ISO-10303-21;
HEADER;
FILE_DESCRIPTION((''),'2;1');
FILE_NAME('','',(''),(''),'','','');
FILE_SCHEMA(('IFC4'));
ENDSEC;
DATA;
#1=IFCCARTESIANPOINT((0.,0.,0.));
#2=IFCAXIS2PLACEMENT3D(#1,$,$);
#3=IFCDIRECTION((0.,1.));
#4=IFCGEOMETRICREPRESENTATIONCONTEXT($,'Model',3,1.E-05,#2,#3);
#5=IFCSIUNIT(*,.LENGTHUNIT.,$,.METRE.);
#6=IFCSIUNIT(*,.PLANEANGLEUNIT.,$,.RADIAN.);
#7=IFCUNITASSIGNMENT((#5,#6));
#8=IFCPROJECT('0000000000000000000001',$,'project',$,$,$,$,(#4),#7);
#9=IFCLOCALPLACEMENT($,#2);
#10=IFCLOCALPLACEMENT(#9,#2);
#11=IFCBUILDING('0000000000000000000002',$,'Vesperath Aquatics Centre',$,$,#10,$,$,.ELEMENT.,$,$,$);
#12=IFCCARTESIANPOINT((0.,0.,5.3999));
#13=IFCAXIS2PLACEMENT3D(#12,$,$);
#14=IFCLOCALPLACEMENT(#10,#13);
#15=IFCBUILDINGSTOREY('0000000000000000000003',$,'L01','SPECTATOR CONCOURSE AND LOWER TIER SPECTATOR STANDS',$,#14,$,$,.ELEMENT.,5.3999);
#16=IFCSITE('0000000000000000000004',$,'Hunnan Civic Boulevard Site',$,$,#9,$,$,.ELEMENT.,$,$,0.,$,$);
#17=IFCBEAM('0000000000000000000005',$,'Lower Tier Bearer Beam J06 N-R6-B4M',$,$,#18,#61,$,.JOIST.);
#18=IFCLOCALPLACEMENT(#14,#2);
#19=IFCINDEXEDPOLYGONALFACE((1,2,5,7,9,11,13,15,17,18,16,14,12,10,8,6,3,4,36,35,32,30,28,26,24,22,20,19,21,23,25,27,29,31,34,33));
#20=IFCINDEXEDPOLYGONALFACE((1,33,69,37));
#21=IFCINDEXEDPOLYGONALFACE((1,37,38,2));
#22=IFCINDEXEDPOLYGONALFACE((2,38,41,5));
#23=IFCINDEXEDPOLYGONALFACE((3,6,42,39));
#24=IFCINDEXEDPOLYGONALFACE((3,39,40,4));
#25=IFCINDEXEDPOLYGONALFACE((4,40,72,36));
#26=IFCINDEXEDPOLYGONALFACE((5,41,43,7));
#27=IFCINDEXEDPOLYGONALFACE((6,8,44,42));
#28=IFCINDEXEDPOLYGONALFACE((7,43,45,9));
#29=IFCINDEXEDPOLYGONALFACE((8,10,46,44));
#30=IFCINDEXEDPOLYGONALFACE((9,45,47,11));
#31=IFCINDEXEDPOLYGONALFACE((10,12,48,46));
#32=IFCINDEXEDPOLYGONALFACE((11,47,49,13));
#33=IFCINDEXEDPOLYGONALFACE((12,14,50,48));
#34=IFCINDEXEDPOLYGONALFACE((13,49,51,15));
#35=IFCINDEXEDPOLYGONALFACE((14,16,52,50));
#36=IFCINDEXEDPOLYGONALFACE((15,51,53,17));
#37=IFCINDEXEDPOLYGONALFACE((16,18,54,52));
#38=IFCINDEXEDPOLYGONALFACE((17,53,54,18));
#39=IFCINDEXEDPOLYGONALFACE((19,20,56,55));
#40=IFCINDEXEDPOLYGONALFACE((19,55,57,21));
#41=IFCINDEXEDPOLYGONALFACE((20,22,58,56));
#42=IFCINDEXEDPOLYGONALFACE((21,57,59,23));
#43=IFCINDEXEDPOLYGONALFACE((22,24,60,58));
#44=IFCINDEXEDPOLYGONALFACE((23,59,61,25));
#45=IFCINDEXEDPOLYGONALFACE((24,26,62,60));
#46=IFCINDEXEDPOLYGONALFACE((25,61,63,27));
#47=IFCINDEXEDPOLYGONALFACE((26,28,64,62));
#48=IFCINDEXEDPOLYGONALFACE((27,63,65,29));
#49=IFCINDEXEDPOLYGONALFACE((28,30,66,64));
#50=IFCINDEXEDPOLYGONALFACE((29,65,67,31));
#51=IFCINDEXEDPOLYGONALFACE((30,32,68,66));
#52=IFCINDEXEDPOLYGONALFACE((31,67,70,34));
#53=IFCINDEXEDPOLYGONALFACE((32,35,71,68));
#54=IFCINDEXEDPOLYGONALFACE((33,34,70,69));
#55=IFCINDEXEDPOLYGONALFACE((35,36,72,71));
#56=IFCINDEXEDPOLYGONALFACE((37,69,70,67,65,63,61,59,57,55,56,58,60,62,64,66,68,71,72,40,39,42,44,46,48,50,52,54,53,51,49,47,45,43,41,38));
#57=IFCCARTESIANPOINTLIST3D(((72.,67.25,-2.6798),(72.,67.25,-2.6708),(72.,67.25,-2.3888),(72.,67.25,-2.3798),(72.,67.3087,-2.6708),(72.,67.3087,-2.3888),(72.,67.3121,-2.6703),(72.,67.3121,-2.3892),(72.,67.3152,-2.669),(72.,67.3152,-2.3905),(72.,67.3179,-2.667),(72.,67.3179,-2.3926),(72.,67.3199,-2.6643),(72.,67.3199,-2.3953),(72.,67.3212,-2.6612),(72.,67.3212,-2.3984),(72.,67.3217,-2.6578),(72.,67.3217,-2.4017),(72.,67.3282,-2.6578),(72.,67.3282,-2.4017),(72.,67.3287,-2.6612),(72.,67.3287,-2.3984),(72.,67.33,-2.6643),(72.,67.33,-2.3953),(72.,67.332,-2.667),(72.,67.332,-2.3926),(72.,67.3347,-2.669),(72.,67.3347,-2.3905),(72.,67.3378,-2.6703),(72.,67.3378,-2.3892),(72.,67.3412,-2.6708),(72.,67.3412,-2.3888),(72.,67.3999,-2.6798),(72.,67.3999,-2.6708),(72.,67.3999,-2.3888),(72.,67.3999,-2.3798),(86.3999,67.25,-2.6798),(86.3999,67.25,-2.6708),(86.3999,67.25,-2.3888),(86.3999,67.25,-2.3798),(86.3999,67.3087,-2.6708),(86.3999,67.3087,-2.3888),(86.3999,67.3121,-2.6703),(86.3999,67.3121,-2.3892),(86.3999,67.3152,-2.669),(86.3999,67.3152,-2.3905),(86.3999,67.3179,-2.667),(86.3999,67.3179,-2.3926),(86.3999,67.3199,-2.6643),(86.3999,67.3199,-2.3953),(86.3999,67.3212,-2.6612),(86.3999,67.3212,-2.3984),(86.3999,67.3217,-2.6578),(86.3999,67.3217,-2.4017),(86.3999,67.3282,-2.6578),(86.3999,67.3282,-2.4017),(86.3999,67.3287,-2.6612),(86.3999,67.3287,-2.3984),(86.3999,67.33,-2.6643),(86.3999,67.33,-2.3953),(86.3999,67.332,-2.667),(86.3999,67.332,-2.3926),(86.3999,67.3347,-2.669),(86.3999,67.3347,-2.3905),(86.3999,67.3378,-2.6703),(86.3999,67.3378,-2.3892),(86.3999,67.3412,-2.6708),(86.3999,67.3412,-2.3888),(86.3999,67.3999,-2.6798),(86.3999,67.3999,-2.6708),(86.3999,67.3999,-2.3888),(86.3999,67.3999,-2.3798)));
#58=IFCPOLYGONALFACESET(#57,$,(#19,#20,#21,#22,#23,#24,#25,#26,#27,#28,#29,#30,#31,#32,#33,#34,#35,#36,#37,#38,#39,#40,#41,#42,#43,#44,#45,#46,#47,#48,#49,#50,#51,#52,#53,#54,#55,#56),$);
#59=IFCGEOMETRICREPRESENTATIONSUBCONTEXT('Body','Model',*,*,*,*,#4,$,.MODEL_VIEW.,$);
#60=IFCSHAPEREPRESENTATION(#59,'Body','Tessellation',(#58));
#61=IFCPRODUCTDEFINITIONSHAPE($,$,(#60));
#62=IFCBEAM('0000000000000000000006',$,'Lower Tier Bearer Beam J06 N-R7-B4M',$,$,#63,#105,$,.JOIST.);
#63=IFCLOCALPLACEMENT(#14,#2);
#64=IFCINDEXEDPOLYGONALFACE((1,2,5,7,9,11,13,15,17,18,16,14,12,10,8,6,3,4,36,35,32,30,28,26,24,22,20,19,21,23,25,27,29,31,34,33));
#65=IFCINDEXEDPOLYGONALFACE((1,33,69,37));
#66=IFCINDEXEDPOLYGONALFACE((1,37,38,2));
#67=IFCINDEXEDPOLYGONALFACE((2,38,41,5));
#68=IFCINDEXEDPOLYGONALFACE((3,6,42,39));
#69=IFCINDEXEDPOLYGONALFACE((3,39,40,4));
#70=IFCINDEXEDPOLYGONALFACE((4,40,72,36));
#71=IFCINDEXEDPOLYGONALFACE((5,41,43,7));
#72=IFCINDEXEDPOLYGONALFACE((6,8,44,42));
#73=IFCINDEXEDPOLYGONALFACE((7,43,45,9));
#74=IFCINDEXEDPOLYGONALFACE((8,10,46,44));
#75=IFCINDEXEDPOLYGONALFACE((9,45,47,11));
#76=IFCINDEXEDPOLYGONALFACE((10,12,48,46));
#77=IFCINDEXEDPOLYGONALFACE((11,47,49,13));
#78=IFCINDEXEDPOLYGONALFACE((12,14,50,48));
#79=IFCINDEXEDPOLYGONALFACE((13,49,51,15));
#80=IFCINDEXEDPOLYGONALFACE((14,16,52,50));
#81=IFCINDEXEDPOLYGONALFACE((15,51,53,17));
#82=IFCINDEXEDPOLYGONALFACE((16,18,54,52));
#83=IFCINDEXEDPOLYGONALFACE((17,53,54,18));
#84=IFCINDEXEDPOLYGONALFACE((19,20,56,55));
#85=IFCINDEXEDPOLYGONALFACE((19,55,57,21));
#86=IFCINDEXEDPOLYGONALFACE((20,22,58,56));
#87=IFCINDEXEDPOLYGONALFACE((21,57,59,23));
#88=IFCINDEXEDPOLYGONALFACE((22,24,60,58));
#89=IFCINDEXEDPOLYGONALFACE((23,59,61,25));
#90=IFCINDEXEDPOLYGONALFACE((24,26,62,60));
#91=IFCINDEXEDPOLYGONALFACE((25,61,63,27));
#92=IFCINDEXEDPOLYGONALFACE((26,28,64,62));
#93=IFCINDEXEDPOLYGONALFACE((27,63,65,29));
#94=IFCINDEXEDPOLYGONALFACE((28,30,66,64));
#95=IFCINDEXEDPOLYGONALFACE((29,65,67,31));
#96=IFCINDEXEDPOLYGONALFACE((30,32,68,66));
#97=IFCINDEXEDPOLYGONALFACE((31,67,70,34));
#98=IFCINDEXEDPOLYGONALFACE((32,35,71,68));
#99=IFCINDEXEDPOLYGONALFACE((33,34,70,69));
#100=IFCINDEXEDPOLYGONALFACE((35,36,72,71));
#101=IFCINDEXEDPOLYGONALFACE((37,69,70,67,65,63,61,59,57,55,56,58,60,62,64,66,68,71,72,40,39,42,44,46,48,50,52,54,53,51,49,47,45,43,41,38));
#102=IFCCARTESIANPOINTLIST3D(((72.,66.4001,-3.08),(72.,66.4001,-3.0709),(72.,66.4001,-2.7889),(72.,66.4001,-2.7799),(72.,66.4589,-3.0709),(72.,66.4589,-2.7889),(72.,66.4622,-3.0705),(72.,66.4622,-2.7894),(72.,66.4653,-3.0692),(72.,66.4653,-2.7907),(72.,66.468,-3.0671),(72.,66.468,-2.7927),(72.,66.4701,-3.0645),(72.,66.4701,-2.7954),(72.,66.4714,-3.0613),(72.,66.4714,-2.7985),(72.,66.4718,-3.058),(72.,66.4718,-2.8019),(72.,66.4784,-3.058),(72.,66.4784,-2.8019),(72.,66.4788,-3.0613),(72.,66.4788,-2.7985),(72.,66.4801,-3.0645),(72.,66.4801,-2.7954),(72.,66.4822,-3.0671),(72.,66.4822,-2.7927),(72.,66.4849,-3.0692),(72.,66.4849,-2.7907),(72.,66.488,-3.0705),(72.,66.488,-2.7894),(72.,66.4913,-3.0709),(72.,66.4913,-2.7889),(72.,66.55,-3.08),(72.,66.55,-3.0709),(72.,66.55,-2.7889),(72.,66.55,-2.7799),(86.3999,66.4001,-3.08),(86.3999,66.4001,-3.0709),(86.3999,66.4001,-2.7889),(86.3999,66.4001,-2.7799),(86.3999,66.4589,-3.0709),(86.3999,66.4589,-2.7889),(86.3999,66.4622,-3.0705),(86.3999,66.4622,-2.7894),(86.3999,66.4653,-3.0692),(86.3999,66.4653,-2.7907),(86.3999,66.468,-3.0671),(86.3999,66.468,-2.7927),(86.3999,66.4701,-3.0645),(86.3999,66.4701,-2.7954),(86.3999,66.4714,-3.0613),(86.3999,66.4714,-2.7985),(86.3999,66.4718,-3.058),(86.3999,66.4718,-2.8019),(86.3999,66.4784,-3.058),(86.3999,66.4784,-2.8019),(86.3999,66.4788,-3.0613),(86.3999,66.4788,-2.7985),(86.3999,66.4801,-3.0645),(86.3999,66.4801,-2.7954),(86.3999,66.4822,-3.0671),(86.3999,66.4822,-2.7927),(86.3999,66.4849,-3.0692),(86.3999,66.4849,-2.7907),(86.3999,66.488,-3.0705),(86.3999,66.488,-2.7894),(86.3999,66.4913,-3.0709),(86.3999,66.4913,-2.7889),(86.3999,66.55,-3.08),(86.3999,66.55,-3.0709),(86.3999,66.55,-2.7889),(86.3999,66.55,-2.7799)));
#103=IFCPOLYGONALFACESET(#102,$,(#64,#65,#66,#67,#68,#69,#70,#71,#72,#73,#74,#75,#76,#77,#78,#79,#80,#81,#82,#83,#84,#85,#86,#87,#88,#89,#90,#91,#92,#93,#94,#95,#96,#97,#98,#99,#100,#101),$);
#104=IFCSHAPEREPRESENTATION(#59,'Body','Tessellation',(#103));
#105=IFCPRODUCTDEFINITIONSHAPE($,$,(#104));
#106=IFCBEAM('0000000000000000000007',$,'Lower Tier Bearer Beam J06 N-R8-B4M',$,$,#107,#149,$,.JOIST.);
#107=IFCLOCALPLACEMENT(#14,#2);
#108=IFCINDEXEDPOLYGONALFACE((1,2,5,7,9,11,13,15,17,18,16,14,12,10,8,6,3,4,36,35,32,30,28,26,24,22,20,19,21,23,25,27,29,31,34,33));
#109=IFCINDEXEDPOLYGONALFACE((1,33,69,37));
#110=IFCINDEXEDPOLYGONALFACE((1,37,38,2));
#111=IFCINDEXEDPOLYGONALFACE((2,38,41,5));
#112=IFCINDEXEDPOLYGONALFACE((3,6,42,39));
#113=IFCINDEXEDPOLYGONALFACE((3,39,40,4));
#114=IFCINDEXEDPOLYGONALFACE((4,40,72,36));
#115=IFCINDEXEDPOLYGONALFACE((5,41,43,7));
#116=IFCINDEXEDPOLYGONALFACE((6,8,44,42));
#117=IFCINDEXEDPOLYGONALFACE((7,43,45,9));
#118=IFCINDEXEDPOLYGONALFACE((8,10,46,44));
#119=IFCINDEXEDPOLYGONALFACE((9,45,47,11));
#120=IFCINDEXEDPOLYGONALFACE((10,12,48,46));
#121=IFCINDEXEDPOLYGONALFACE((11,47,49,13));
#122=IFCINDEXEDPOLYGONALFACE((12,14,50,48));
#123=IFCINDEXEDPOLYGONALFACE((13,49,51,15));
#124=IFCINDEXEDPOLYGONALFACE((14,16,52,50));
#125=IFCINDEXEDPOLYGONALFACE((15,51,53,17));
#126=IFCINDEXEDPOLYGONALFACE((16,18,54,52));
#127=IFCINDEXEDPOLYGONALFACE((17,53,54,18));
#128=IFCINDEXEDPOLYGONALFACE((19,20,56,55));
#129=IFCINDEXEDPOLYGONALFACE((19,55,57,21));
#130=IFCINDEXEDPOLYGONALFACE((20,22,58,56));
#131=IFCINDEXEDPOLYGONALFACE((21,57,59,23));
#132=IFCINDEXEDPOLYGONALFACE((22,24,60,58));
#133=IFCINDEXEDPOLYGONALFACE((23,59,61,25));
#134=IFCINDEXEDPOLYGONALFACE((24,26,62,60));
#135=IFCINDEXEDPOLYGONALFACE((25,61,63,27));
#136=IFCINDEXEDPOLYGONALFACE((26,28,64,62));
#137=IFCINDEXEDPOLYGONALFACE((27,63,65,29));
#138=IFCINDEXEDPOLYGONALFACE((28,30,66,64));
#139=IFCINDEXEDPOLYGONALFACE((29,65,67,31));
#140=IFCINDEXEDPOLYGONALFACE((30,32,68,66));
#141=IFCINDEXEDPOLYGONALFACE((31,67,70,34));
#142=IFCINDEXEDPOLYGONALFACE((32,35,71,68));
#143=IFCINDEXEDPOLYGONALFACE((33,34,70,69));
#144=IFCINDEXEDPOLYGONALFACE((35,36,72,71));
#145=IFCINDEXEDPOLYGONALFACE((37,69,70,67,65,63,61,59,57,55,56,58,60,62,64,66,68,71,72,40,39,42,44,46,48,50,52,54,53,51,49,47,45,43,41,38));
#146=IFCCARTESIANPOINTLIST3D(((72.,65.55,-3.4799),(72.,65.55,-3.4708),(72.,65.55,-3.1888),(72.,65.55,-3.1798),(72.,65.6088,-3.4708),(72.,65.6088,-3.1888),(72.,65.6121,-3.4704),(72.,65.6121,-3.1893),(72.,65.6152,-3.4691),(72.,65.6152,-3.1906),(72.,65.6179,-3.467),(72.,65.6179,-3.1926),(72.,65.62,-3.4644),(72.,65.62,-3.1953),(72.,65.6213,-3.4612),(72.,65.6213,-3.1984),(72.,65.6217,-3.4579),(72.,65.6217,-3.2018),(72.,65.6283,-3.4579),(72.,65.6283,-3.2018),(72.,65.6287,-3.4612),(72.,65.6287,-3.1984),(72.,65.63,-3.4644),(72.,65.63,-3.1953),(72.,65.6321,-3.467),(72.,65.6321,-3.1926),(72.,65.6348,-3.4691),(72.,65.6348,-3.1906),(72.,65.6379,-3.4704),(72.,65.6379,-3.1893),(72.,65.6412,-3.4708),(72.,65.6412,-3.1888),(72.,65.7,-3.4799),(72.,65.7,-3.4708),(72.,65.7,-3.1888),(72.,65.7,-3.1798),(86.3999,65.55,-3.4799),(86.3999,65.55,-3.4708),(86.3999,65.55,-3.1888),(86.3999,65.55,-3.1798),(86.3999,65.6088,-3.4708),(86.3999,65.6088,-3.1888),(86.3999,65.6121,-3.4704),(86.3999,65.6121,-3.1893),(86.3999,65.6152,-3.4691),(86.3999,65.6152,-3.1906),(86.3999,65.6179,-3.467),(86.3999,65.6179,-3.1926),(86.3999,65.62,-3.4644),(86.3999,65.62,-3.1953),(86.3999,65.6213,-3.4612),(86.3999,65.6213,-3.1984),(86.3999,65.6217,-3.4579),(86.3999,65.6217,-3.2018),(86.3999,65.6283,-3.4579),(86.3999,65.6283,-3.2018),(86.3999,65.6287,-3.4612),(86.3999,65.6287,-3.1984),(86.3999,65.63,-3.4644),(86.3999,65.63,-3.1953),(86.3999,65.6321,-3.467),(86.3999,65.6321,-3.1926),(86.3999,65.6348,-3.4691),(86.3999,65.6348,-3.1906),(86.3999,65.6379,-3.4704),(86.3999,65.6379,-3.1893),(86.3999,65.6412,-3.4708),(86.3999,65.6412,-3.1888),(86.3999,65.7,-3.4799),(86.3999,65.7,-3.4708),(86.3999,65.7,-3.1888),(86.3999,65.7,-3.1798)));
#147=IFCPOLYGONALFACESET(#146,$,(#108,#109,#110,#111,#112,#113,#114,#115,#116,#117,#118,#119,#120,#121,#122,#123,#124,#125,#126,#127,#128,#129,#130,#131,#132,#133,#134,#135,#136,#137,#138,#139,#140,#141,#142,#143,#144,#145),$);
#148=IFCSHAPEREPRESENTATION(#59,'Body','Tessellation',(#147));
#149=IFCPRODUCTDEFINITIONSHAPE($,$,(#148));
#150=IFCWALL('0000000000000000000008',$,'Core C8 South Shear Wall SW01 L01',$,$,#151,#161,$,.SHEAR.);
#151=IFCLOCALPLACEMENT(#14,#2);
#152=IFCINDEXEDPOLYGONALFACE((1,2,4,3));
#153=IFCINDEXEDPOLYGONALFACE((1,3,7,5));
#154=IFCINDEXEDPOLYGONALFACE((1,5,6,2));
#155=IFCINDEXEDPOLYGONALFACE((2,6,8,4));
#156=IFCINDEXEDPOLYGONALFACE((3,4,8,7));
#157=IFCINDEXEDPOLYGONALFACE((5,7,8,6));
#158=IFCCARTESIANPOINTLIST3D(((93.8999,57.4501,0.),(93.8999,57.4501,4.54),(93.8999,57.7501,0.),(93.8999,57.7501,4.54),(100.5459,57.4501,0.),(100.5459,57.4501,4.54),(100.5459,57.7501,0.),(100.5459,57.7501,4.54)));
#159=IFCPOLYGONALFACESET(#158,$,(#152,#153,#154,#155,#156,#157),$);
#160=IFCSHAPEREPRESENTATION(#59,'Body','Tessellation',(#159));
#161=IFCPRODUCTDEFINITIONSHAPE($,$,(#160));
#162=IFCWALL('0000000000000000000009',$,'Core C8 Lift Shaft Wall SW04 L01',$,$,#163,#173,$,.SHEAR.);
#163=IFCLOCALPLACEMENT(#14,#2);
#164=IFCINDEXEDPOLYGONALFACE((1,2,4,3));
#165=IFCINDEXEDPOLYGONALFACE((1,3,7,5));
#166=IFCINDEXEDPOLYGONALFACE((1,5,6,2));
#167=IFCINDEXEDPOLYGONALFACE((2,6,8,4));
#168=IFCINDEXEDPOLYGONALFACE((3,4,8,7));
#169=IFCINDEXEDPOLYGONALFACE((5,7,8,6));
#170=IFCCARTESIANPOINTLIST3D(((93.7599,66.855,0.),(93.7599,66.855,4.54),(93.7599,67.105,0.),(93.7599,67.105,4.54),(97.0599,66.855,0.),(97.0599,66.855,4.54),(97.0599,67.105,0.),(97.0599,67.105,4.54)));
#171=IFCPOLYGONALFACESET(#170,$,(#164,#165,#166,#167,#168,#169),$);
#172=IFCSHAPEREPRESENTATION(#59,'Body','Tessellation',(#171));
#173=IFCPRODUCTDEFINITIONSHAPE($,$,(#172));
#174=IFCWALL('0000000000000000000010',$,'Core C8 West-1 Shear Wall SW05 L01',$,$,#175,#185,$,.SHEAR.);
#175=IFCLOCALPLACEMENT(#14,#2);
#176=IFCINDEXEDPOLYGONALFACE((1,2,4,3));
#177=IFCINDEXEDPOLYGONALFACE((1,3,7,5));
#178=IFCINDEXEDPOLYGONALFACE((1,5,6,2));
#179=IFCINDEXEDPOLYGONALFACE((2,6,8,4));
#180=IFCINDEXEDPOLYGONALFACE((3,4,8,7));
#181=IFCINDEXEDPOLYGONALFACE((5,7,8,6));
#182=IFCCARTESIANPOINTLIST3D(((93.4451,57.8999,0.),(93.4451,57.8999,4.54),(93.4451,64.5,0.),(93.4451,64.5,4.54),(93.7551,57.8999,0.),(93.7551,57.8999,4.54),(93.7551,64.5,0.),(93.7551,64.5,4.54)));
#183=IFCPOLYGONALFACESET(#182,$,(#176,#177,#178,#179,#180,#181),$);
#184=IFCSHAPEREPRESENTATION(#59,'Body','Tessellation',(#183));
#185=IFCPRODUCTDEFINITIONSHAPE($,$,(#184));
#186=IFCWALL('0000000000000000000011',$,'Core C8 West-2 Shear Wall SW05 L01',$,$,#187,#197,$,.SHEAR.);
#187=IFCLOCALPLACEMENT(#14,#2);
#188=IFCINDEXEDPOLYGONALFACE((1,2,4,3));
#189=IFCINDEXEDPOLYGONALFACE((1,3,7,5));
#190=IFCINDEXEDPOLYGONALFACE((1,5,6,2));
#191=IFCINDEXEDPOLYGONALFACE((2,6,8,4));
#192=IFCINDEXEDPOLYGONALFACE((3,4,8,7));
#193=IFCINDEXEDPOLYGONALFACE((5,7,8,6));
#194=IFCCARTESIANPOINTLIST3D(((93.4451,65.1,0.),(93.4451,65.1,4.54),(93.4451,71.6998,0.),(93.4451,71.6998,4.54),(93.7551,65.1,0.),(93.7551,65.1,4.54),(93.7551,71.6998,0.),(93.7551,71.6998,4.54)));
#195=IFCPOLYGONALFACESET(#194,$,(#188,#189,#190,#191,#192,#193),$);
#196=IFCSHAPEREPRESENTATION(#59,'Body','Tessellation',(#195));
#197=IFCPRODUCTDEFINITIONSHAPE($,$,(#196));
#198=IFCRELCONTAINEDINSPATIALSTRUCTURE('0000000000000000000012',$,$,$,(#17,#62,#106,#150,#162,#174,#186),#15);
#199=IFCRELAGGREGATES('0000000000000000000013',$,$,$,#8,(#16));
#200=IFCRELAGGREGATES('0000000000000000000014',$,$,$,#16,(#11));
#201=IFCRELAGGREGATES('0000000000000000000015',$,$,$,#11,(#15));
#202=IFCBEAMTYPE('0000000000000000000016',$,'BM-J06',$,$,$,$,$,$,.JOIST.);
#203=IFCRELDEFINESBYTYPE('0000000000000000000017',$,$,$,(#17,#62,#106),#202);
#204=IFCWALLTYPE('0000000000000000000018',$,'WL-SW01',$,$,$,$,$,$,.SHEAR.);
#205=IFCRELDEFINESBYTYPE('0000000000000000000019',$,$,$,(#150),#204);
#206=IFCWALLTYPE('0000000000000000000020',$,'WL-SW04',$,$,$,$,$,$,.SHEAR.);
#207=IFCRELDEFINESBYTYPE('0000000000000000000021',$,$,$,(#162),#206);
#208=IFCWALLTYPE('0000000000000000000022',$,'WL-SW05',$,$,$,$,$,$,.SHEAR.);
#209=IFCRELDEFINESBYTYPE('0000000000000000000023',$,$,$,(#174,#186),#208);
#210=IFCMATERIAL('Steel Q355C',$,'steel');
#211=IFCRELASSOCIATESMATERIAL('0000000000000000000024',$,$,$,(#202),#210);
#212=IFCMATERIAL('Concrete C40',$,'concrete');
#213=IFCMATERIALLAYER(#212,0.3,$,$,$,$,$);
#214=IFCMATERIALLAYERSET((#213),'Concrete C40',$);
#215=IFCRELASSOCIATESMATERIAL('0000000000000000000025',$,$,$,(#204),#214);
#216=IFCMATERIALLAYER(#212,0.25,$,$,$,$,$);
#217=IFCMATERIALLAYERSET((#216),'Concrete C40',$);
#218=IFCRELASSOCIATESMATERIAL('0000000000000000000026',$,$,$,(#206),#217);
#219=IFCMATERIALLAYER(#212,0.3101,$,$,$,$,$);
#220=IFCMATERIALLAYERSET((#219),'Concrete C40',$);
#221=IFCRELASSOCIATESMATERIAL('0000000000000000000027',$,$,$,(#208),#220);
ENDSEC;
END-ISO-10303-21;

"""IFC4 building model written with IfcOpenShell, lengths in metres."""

from ifc_helpers import new_model, si_unit, direction, frame, frame_2d, origin, origin_2d, place, context, subcontext, project, spatial, rectangle, i_section, extrude, material, layer, layer_set, material_profile, profile_set, type_object, element, save


model = new_model("IFC4")

# Units and contexts
model_context = context("Model", 3, precision=1e-05, world=origin(), true_north=direction((0.0, 1.0)))
body_context = subcontext(model_context, "Body", "Model", "MODEL_VIEW")
ifc_project = project(units=[si_unit("LENGTHUNIT", "METRE"), si_unit("PLANEANGLEUNIT", "RADIAN")], contexts=[model_context])

# Site, building, storey
site_placement = place(None, origin())
site = spatial("IfcSite", under=ifc_project, at=site_placement, Name="Hunnan Civic Boulevard Site", CompositionType="ELEMENT", RefElevation=0.0)
building_placement = place(site_placement, origin())
building = spatial("IfcBuilding", under=site, at=building_placement, Name="Vesperath Aquatics Centre", CompositionType="ELEMENT")
storey_placement = place(building_placement, frame((0.0, 0.0, 5.3999)))
storey = spatial("IfcBuildingStorey", under=building, at=storey_placement, Name="L01", Description="SPECTATOR CONCOURSE AND LOWER TIER SPECTATOR STANDS", CompositionType="ELEMENT", Elevation=5.3999)

# Shared definitions
ifc_material_1 = material(Name="Concrete C40", Category="concrete")

# Beams
ifc_material_2 = material(Name="Steel Q355C", Category="steel")
ifc_material_profile_1 = material_profile(ifc_material_2, i_section(OverallWidth=0.1499, OverallDepth=0.3, WebThickness=0.0066, FlangeThickness=0.009, FilletRadius=0.0129, at=origin_2d()), Name="HN 300x150x6.5x9")
ifc_profile_set_1 = profile_set([ifc_material_profile_1], Name="Steel Q355C")
beam_type_1 = type_object("IfcBeamType", Name="BM-J06", PredefinedType="JOIST", material=ifc_profile_set_1)
for number, where, z_axis, x_axis, name in (
    (1, (72.0, 67.325, -2.5298), (1.0, 0.0, 0.0), (0.0, 1.0, 0.0), "Lower Tier Bearer Beam J06 N-R6-B4M"),
    (2, (72.0, 66.4751, -2.9299), (1.0, 0.0, 0.0), (0.0, 1.0, 0.0), "Lower Tier Bearer Beam J06 N-R7-B4M"),
    (3, (72.0, 65.625, -3.3298), (1.0, 0.0, 0.0), (0.0, 1.0, 0.0), "Lower Tier Bearer Beam J06 N-R8-B4M"),
):
    element("IfcBeam", number, at=place(storey_placement, frame(where, z_axis=z_axis, x_axis=x_axis)), inside=storey, type_object=beam_type_1, Name=name, PredefinedType="JOIST", context=body_context, shape_type="SweptSolid", body=[
        extrude(i_section(OverallWidth=0.1499, OverallDepth=0.3, WebThickness=0.0066, FlangeThickness=0.009, FilletRadius=0.0129, at=origin_2d()), origin(), (0.0, 0.0, 1.0), 14.3999),
    ])

# Walls
ifc_layer_1 = layer(ifc_material_1, 0.3)
ifc_layer_set_1 = layer_set([ifc_layer_1], Name="Concrete C40")
wall_type_1 = type_object("IfcWallType", Name="WL-SW01", PredefinedType="SHEAR", material=ifc_layer_set_1)
wall_1_placement = place(storey_placement, frame((93.8999, 57.6001, 0.0), z_axis=(0.0, 0.0, 1.0), x_axis=(1.0, 0.0, 0.0)))
element("IfcWall", 4, at=wall_1_placement, inside=storey, type_object=wall_type_1, Name="Core C8 South Shear Wall SW01 L01", PredefinedType="SHEAR", context=body_context, shape_type="SweptSolid", body=[
    extrude(rectangle(XDim=6.646, YDim=0.3, at=frame_2d((3.323, 0.0))), origin(), (0.0, 0.0, 1.0), 4.54),
])
ifc_layer_2 = layer(ifc_material_1, 0.25)
ifc_layer_set_2 = layer_set([ifc_layer_2], Name="Concrete C40")
wall_type_2 = type_object("IfcWallType", Name="WL-SW04", PredefinedType="SHEAR", material=ifc_layer_set_2)
wall_2_placement = place(storey_placement, frame((93.76, 66.98, 0.0), z_axis=(0.0, 0.0, 1.0), x_axis=(1.0, 0.0, 0.0)))
element("IfcWall", 5, at=wall_2_placement, inside=storey, type_object=wall_type_2, Name="Core C8 Lift Shaft Wall SW04 L01", PredefinedType="SHEAR", context=body_context, shape_type="SweptSolid", body=[
    extrude(rectangle(XDim=3.3, YDim=0.25, at=frame_2d((1.6499, 0.0))), origin(), (0.0, 0.0, 1.0), 4.54),
])
ifc_layer_3 = layer(ifc_material_1, 0.3101)
ifc_layer_set_3 = layer_set([ifc_layer_3], Name="Concrete C40")
wall_type_3 = type_object("IfcWallType", Name="WL-SW05", PredefinedType="SHEAR", material=ifc_layer_set_3)
wall_3_placement = place(storey_placement, frame((93.6001, 57.8999, 0.0), z_axis=(0.0, 0.0, 1.0), x_axis=(0.0, 1.0, 0.0)))
element("IfcWall", 6, at=wall_3_placement, inside=storey, type_object=wall_type_3, Name="Core C8 West-1 Shear Wall SW05 L01", PredefinedType="SHEAR", context=body_context, shape_type="SweptSolid", body=[
    extrude(rectangle(XDim=6.6001, YDim=0.3101, at=frame_2d((3.3, 0.0))), origin(), (0.0, 0.0, 1.0), 4.54),
])
wall_4_placement = place(storey_placement, frame((93.6001, 65.1001, 0.0), z_axis=(0.0, 0.0, 1.0), x_axis=(0.0, 1.0, 0.0)))
element("IfcWall", 7, at=wall_4_placement, inside=storey, type_object=wall_type_3, Name="Core C8 West-2 Shear Wall SW05 L01", PredefinedType="SHEAR", context=body_context, shape_type="SweptSolid", body=[
    extrude(rectangle(XDim=6.5999, YDim=0.3101, at=frame_2d((3.2998, 0.0))), origin(), (0.0, 0.0, 1.0), 4.54),
])

save(model, "model.ifc")
